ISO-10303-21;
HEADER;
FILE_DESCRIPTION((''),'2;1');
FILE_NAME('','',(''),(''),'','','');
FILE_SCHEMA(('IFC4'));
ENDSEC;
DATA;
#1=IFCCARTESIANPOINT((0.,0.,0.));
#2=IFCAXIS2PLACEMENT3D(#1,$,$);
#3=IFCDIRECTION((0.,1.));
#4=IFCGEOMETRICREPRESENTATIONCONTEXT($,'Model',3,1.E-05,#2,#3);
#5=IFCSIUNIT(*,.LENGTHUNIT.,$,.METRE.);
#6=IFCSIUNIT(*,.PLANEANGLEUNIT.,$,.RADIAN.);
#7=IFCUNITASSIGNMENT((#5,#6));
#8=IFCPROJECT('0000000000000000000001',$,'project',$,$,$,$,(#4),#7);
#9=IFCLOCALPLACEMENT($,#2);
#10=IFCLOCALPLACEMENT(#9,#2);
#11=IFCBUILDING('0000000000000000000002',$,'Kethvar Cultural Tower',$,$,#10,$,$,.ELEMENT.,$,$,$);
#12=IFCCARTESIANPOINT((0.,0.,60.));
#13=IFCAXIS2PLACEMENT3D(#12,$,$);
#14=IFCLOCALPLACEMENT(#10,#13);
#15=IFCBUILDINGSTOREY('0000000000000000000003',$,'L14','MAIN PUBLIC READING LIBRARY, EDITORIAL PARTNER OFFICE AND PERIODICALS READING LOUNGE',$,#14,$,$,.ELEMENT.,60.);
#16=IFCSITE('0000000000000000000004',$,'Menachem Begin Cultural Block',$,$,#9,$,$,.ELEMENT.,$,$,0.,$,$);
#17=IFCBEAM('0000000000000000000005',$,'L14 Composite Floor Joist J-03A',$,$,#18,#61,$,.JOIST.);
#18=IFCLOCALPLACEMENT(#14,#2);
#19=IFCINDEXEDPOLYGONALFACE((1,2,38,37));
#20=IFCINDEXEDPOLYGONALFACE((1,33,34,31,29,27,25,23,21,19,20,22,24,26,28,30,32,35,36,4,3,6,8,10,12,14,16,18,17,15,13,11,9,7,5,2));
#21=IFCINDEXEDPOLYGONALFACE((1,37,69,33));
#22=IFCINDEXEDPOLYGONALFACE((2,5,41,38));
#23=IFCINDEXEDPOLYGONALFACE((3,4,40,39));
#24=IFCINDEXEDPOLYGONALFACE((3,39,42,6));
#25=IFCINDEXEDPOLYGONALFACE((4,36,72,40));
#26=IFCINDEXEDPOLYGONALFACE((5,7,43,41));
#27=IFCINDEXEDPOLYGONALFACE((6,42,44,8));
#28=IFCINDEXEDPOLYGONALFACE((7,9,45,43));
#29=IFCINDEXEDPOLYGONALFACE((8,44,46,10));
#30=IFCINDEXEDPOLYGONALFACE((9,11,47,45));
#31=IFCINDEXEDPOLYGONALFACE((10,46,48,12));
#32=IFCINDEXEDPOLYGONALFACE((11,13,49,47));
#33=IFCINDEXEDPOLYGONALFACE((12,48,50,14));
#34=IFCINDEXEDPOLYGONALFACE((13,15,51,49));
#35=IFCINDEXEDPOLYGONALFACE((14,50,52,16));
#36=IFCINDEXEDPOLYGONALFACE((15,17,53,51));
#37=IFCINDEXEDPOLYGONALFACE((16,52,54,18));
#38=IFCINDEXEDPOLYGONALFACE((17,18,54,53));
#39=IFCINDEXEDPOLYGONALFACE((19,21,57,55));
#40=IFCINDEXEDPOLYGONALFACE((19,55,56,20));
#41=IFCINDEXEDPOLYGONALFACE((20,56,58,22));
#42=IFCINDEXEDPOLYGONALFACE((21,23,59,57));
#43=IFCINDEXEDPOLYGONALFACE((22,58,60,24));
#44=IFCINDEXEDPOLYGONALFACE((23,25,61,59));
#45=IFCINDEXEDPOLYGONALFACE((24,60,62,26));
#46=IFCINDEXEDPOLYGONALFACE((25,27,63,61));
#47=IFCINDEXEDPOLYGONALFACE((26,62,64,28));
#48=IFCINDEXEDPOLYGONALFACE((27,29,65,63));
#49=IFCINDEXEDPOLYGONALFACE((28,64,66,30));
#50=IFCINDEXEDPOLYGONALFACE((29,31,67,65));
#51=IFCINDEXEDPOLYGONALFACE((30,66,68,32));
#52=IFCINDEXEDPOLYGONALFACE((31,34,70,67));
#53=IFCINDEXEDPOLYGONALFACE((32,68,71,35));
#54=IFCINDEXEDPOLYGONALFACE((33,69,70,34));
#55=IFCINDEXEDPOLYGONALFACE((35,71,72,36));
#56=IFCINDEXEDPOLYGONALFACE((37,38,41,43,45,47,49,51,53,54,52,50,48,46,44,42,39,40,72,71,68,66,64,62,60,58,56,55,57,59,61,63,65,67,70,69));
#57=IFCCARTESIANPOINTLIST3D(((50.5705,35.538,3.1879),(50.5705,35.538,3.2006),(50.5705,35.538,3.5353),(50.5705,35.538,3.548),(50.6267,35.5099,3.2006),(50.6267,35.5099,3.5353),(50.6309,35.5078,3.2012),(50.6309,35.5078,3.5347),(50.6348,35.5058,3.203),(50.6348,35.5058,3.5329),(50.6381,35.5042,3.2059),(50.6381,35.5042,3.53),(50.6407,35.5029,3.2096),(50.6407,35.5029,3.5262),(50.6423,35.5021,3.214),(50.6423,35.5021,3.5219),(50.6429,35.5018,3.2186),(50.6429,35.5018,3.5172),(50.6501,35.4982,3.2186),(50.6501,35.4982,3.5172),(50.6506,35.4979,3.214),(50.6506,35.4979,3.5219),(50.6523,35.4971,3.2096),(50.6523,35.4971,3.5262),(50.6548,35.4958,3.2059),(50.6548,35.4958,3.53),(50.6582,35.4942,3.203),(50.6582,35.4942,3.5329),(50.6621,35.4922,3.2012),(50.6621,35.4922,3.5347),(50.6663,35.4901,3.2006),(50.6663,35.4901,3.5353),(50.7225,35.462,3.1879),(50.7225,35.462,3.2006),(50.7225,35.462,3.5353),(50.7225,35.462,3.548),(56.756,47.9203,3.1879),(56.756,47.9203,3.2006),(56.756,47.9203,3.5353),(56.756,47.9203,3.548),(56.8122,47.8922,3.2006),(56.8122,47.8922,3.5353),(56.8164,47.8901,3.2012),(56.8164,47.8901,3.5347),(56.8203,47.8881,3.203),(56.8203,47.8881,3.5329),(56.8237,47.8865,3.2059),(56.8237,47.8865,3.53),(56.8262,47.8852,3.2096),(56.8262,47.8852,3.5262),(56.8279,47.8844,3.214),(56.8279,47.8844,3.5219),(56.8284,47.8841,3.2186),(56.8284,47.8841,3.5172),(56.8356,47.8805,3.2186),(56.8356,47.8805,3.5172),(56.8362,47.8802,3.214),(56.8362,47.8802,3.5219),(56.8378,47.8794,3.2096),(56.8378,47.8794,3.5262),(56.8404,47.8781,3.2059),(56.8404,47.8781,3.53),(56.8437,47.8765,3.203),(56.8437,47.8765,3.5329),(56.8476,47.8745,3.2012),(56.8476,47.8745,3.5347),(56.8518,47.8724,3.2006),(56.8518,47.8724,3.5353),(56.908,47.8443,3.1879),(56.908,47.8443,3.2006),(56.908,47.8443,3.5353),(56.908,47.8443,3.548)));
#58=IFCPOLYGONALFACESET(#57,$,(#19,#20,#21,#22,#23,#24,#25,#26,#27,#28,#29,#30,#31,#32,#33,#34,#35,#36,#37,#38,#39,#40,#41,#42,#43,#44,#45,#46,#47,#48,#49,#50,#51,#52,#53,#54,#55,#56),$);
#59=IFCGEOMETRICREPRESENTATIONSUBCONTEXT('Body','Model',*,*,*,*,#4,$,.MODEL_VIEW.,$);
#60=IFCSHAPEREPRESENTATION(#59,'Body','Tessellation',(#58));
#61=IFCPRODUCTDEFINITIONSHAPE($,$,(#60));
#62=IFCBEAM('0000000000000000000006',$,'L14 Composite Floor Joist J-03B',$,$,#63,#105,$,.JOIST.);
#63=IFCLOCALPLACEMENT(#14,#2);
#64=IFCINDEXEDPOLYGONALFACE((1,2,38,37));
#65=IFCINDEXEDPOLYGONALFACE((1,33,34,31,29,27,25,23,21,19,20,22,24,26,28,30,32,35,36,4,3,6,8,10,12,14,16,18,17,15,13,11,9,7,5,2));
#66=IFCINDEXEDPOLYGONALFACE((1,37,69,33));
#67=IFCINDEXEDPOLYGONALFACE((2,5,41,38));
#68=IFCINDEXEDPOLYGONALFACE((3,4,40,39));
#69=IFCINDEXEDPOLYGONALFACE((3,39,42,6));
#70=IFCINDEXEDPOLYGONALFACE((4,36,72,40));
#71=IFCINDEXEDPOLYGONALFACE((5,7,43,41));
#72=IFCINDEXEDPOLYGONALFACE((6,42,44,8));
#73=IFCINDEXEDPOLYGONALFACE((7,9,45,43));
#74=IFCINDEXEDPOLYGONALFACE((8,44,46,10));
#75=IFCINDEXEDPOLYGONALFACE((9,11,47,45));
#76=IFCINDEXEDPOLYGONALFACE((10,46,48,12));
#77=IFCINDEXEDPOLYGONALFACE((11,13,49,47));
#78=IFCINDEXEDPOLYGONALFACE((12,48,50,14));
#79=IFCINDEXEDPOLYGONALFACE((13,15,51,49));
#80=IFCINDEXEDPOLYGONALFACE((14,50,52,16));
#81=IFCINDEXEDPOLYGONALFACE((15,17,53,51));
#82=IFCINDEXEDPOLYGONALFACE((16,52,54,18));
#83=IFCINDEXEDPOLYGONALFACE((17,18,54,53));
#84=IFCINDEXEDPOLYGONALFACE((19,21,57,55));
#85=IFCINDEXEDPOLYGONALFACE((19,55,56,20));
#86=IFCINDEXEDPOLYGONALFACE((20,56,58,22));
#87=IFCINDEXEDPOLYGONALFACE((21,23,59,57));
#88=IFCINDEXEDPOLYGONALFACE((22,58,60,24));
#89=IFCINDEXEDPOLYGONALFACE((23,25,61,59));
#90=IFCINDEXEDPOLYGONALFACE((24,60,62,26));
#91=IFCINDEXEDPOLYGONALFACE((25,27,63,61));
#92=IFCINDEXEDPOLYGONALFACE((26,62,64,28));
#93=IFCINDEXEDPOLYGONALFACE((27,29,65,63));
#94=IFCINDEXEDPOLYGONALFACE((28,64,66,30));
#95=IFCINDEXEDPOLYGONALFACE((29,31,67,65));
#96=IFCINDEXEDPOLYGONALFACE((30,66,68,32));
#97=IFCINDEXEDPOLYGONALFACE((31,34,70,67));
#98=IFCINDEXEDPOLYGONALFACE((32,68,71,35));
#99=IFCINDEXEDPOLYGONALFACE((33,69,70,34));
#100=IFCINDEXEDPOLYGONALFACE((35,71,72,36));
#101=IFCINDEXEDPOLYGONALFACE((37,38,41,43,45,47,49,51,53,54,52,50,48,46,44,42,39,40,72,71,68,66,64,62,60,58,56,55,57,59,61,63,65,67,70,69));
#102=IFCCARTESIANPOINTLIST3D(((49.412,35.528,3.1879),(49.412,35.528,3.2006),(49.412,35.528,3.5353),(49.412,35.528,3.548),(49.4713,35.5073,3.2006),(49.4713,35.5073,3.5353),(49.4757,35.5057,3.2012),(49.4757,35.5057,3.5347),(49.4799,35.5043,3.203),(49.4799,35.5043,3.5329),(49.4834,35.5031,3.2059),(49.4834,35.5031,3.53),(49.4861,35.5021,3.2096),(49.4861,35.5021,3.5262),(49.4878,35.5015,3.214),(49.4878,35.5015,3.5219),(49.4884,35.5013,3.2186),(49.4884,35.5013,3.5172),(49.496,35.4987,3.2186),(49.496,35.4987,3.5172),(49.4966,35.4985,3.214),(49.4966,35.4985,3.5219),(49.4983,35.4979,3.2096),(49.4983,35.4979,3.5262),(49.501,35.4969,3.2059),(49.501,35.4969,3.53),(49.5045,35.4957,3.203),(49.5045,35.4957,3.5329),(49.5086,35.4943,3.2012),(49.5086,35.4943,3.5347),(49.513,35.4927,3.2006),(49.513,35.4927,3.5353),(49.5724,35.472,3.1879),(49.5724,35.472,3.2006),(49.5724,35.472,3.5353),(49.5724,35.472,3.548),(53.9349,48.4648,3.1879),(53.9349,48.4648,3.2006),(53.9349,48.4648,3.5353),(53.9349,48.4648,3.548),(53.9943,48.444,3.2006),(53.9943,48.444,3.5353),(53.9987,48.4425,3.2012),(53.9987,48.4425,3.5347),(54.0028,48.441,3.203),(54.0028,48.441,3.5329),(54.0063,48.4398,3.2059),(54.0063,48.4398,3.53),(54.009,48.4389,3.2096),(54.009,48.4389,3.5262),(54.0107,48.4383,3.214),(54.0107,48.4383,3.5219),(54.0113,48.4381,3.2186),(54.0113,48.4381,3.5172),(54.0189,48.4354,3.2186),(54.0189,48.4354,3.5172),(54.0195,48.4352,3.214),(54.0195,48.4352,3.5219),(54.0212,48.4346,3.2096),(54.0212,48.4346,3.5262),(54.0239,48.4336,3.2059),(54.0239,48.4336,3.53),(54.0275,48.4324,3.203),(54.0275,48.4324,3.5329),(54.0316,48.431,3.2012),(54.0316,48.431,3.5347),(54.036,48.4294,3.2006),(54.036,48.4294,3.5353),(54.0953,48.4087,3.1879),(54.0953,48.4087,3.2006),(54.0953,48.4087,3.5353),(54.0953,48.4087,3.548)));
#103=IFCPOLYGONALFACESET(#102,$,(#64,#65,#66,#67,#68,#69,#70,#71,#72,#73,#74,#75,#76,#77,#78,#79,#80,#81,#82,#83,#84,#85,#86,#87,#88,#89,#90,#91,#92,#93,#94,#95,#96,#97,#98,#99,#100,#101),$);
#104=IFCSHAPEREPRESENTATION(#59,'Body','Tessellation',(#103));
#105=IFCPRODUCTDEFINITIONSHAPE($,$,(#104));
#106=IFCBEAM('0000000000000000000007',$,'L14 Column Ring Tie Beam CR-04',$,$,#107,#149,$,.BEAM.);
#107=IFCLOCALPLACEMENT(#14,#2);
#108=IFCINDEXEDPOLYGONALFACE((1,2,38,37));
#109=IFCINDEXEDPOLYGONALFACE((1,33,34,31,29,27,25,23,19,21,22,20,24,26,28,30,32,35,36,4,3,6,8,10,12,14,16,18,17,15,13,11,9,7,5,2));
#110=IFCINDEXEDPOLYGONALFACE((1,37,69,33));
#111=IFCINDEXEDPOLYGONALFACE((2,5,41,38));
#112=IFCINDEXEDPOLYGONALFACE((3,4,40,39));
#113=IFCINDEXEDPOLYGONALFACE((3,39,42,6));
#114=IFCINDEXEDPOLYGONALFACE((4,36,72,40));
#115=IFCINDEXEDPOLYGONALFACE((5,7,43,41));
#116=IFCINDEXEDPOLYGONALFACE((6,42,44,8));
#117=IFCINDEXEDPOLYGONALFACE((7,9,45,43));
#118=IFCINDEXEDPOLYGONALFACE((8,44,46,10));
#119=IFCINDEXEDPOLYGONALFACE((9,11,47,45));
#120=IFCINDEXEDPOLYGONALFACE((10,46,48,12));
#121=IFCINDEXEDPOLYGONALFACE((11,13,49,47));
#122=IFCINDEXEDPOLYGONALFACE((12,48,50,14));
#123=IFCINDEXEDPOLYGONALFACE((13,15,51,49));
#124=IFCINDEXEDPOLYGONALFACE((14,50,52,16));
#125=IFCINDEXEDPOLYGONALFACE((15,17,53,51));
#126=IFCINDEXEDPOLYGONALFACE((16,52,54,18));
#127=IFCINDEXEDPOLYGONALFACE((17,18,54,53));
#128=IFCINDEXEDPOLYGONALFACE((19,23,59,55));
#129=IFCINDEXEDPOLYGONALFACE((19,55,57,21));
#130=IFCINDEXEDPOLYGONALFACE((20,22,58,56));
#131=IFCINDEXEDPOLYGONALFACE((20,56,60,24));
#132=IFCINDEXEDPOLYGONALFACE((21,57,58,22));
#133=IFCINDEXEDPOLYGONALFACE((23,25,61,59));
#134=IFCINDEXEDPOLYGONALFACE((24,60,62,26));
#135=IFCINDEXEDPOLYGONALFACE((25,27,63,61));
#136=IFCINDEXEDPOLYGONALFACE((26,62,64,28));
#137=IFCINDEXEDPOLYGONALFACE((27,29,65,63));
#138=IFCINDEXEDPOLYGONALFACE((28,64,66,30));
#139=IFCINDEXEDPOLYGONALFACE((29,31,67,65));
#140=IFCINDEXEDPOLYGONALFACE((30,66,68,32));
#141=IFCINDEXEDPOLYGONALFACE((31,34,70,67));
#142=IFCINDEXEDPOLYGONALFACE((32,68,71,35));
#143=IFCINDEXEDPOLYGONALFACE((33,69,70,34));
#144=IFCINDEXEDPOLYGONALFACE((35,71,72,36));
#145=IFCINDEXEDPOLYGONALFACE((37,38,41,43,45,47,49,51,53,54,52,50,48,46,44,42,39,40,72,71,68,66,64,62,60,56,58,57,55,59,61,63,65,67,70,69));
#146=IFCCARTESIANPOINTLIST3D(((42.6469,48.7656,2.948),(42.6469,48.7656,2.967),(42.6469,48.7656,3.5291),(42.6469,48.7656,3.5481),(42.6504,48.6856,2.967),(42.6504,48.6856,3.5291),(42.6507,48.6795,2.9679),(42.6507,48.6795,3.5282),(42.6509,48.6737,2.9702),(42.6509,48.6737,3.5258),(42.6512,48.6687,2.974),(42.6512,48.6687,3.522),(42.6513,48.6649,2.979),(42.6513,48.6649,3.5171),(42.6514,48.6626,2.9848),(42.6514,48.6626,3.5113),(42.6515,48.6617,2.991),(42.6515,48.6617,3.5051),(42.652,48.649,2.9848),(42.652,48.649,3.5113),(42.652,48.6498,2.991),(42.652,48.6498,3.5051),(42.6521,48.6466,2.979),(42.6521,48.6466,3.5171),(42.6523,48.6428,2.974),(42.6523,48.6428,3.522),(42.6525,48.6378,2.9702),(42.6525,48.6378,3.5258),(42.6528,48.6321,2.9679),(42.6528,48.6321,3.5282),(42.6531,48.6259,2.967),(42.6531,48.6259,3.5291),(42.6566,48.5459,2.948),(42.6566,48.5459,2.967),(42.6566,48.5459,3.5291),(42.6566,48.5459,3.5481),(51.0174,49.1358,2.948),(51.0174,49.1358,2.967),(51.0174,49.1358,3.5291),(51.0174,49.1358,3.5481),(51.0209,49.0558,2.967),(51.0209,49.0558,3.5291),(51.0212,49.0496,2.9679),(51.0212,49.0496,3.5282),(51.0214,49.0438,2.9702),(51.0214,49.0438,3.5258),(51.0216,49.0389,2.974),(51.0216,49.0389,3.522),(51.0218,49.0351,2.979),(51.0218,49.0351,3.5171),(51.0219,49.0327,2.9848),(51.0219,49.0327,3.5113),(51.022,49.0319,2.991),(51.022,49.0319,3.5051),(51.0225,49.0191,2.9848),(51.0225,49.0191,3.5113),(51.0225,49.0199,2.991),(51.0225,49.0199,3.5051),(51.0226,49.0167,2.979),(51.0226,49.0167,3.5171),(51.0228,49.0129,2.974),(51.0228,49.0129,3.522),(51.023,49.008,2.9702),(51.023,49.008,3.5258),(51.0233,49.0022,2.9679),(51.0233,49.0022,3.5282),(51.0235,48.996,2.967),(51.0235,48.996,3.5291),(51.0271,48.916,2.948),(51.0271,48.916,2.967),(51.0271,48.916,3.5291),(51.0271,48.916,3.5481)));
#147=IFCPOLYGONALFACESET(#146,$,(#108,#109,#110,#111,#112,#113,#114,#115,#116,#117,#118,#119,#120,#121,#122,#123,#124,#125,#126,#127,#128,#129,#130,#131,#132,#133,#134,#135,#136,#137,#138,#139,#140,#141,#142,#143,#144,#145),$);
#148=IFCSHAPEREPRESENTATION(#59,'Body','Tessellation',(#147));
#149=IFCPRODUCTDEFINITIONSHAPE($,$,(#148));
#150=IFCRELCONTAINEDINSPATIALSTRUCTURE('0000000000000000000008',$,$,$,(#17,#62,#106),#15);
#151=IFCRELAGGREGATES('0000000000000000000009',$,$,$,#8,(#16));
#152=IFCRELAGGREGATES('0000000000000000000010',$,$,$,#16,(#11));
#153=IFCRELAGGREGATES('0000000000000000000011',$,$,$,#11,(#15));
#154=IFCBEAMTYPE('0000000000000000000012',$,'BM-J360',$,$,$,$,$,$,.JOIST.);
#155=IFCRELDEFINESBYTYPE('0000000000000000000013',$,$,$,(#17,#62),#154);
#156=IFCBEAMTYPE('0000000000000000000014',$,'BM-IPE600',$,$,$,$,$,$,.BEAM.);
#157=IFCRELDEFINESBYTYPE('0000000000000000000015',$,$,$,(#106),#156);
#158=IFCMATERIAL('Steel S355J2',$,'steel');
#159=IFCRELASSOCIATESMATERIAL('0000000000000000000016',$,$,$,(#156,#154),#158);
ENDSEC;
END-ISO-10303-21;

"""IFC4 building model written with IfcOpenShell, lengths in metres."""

from ifc_helpers import new_model, si_unit, direction, frame, origin, origin_2d, place, context, subcontext, project, spatial, i_section, extrude, source, transform, mapped, material, material_profile, profile_set, type_object, element, save


model = new_model("IFC4")

# Units and contexts
model_context = context("Model", 3, precision=1e-05, world=origin(), true_north=direction((0.0, 1.0)))
body_context = subcontext(model_context, "Body", "Model", "MODEL_VIEW")
ifc_project = project(units=[si_unit("LENGTHUNIT", "METRE"), si_unit("PLANEANGLEUNIT", "RADIAN")], contexts=[model_context])

# Site, building, storey
site_placement = place(None, origin())
site = spatial("IfcSite", under=ifc_project, at=site_placement, Name="Menachem Begin Cultural Block", CompositionType="ELEMENT", RefElevation=0.0)
building_placement = place(site_placement, origin())
building = spatial("IfcBuilding", under=site, at=building_placement, Name="Kethvar Cultural Tower", CompositionType="ELEMENT")
storey_placement = place(building_placement, frame((0.0, 0.0, 60.0)))
storey = spatial("IfcBuildingStorey", under=building, at=storey_placement, Name="L14", Description="MAIN PUBLIC READING LIBRARY, EDITORIAL PARTNER OFFICE AND PERIODICALS READING LOUNGE", CompositionType="ELEMENT", Elevation=60.0)

# Beams
ifc_material_1 = material(Name="Steel S355J2", Category="steel")
ifc_material_profile_1 = material_profile(ifc_material_1, i_section(OverallWidth=0.22, OverallDepth=0.6001, WebThickness=0.012, FlangeThickness=0.019, FilletRadius=0.0239, at=origin_2d()), Name="Steel S355J2 — IPE600")
ifc_profile_set_1 = profile_set([ifc_material_profile_1], Name="Steel S355J2 — IPE600")
beam_type_1 = type_object("IfcBeamType", Name="BM-IPE600", PredefinedType="BEAM", material=ifc_profile_set_1)
ifc_material_profile_2 = material_profile(ifc_material_1, i_section(OverallWidth=0.1699, OverallDepth=0.3601, WebThickness=0.0081, FlangeThickness=0.0127, FilletRadius=0.0181, at=origin_2d()), Name="Steel S355J2 — IPE360")
ifc_profile_set_2 = profile_set([ifc_material_profile_2], Name="Steel S355J2 — IPE360")
beam_type_2 = type_object("IfcBeamType", Name="BM-J360", PredefinedType="JOIST", material=ifc_profile_set_2)
shared_shape_1 = source(origin(), body_context, "Body", "SweptSolid", [
    extrude(i_section(OverallWidth=0.1699, OverallDepth=0.3601, WebThickness=0.0081, FlangeThickness=0.0127, FilletRadius=0.0181, at=origin_2d()), origin(), (0.0, 0.0, 1.0), 13.8413),
])
beam_1_placement = place(storey_placement, frame((50.6465, 35.5, 3.3679), z_axis=(0.446889, 0.894589, 0.0), x_axis=(-0.894589, 0.446889, 0.0)))
element("IfcBeam", 1, at=beam_1_placement, inside=storey, type_object=beam_type_2, Name="L14 Composite Floor Joist J-03A", PredefinedType="JOIST", context=body_context, shape_type="MappedRepresentation", body=[
    mapped(shared_shape_1, transform((0.0, 0.0, 0.0), scale=1.0)),
])
shared_shape_2 = source(origin(), body_context, "Body", "SweptSolid", [
    extrude(i_section(OverallWidth=0.1699, OverallDepth=0.3601, WebThickness=0.0081, FlangeThickness=0.0127, FilletRadius=0.0181, at=origin_2d()), origin(), (0.0, 0.0, 1.0), 13.7046),
])
beam_2_placement = place(storey_placement, frame((49.4922, 35.5, 3.3679), z_axis=(0.330031, 0.94397, 0.0), x_axis=(-0.94397, 0.330031, 0.0)))
element("IfcBeam", 2, at=beam_2_placement, inside=storey, type_object=beam_type_2, Name="L14 Composite Floor Joist J-03B", PredefinedType="JOIST", context=body_context, shape_type="MappedRepresentation", body=[
    mapped(shared_shape_2, transform((0.0, 0.0, 0.0), scale=1.0)),
])
shared_shape_3 = source(origin(), body_context, "Body", "SweptSolid", [
    extrude(i_section(OverallWidth=0.22, OverallDepth=0.6001, WebThickness=0.012, FlangeThickness=0.019, FilletRadius=0.0239, at=origin_2d()), origin(), (0.0, 0.0, 1.0), 8.3787),
])
beam_3_placement = place(storey_placement, frame((51.0222, 49.0259, 3.248), z_axis=(-0.999024, -0.044173, 0.0), x_axis=(0.044173, -0.999024, 0.0)))
element("IfcBeam", 3, at=beam_3_placement, inside=storey, type_object=beam_type_1, Name="L14 Column Ring Tie Beam CR-04", PredefinedType="BEAM", context=body_context, shape_type="MappedRepresentation", body=[
    mapped(shared_shape_3, transform((0.0, 0.0, 0.0), scale=1.0)),
])

save(model, "model.ifc")
